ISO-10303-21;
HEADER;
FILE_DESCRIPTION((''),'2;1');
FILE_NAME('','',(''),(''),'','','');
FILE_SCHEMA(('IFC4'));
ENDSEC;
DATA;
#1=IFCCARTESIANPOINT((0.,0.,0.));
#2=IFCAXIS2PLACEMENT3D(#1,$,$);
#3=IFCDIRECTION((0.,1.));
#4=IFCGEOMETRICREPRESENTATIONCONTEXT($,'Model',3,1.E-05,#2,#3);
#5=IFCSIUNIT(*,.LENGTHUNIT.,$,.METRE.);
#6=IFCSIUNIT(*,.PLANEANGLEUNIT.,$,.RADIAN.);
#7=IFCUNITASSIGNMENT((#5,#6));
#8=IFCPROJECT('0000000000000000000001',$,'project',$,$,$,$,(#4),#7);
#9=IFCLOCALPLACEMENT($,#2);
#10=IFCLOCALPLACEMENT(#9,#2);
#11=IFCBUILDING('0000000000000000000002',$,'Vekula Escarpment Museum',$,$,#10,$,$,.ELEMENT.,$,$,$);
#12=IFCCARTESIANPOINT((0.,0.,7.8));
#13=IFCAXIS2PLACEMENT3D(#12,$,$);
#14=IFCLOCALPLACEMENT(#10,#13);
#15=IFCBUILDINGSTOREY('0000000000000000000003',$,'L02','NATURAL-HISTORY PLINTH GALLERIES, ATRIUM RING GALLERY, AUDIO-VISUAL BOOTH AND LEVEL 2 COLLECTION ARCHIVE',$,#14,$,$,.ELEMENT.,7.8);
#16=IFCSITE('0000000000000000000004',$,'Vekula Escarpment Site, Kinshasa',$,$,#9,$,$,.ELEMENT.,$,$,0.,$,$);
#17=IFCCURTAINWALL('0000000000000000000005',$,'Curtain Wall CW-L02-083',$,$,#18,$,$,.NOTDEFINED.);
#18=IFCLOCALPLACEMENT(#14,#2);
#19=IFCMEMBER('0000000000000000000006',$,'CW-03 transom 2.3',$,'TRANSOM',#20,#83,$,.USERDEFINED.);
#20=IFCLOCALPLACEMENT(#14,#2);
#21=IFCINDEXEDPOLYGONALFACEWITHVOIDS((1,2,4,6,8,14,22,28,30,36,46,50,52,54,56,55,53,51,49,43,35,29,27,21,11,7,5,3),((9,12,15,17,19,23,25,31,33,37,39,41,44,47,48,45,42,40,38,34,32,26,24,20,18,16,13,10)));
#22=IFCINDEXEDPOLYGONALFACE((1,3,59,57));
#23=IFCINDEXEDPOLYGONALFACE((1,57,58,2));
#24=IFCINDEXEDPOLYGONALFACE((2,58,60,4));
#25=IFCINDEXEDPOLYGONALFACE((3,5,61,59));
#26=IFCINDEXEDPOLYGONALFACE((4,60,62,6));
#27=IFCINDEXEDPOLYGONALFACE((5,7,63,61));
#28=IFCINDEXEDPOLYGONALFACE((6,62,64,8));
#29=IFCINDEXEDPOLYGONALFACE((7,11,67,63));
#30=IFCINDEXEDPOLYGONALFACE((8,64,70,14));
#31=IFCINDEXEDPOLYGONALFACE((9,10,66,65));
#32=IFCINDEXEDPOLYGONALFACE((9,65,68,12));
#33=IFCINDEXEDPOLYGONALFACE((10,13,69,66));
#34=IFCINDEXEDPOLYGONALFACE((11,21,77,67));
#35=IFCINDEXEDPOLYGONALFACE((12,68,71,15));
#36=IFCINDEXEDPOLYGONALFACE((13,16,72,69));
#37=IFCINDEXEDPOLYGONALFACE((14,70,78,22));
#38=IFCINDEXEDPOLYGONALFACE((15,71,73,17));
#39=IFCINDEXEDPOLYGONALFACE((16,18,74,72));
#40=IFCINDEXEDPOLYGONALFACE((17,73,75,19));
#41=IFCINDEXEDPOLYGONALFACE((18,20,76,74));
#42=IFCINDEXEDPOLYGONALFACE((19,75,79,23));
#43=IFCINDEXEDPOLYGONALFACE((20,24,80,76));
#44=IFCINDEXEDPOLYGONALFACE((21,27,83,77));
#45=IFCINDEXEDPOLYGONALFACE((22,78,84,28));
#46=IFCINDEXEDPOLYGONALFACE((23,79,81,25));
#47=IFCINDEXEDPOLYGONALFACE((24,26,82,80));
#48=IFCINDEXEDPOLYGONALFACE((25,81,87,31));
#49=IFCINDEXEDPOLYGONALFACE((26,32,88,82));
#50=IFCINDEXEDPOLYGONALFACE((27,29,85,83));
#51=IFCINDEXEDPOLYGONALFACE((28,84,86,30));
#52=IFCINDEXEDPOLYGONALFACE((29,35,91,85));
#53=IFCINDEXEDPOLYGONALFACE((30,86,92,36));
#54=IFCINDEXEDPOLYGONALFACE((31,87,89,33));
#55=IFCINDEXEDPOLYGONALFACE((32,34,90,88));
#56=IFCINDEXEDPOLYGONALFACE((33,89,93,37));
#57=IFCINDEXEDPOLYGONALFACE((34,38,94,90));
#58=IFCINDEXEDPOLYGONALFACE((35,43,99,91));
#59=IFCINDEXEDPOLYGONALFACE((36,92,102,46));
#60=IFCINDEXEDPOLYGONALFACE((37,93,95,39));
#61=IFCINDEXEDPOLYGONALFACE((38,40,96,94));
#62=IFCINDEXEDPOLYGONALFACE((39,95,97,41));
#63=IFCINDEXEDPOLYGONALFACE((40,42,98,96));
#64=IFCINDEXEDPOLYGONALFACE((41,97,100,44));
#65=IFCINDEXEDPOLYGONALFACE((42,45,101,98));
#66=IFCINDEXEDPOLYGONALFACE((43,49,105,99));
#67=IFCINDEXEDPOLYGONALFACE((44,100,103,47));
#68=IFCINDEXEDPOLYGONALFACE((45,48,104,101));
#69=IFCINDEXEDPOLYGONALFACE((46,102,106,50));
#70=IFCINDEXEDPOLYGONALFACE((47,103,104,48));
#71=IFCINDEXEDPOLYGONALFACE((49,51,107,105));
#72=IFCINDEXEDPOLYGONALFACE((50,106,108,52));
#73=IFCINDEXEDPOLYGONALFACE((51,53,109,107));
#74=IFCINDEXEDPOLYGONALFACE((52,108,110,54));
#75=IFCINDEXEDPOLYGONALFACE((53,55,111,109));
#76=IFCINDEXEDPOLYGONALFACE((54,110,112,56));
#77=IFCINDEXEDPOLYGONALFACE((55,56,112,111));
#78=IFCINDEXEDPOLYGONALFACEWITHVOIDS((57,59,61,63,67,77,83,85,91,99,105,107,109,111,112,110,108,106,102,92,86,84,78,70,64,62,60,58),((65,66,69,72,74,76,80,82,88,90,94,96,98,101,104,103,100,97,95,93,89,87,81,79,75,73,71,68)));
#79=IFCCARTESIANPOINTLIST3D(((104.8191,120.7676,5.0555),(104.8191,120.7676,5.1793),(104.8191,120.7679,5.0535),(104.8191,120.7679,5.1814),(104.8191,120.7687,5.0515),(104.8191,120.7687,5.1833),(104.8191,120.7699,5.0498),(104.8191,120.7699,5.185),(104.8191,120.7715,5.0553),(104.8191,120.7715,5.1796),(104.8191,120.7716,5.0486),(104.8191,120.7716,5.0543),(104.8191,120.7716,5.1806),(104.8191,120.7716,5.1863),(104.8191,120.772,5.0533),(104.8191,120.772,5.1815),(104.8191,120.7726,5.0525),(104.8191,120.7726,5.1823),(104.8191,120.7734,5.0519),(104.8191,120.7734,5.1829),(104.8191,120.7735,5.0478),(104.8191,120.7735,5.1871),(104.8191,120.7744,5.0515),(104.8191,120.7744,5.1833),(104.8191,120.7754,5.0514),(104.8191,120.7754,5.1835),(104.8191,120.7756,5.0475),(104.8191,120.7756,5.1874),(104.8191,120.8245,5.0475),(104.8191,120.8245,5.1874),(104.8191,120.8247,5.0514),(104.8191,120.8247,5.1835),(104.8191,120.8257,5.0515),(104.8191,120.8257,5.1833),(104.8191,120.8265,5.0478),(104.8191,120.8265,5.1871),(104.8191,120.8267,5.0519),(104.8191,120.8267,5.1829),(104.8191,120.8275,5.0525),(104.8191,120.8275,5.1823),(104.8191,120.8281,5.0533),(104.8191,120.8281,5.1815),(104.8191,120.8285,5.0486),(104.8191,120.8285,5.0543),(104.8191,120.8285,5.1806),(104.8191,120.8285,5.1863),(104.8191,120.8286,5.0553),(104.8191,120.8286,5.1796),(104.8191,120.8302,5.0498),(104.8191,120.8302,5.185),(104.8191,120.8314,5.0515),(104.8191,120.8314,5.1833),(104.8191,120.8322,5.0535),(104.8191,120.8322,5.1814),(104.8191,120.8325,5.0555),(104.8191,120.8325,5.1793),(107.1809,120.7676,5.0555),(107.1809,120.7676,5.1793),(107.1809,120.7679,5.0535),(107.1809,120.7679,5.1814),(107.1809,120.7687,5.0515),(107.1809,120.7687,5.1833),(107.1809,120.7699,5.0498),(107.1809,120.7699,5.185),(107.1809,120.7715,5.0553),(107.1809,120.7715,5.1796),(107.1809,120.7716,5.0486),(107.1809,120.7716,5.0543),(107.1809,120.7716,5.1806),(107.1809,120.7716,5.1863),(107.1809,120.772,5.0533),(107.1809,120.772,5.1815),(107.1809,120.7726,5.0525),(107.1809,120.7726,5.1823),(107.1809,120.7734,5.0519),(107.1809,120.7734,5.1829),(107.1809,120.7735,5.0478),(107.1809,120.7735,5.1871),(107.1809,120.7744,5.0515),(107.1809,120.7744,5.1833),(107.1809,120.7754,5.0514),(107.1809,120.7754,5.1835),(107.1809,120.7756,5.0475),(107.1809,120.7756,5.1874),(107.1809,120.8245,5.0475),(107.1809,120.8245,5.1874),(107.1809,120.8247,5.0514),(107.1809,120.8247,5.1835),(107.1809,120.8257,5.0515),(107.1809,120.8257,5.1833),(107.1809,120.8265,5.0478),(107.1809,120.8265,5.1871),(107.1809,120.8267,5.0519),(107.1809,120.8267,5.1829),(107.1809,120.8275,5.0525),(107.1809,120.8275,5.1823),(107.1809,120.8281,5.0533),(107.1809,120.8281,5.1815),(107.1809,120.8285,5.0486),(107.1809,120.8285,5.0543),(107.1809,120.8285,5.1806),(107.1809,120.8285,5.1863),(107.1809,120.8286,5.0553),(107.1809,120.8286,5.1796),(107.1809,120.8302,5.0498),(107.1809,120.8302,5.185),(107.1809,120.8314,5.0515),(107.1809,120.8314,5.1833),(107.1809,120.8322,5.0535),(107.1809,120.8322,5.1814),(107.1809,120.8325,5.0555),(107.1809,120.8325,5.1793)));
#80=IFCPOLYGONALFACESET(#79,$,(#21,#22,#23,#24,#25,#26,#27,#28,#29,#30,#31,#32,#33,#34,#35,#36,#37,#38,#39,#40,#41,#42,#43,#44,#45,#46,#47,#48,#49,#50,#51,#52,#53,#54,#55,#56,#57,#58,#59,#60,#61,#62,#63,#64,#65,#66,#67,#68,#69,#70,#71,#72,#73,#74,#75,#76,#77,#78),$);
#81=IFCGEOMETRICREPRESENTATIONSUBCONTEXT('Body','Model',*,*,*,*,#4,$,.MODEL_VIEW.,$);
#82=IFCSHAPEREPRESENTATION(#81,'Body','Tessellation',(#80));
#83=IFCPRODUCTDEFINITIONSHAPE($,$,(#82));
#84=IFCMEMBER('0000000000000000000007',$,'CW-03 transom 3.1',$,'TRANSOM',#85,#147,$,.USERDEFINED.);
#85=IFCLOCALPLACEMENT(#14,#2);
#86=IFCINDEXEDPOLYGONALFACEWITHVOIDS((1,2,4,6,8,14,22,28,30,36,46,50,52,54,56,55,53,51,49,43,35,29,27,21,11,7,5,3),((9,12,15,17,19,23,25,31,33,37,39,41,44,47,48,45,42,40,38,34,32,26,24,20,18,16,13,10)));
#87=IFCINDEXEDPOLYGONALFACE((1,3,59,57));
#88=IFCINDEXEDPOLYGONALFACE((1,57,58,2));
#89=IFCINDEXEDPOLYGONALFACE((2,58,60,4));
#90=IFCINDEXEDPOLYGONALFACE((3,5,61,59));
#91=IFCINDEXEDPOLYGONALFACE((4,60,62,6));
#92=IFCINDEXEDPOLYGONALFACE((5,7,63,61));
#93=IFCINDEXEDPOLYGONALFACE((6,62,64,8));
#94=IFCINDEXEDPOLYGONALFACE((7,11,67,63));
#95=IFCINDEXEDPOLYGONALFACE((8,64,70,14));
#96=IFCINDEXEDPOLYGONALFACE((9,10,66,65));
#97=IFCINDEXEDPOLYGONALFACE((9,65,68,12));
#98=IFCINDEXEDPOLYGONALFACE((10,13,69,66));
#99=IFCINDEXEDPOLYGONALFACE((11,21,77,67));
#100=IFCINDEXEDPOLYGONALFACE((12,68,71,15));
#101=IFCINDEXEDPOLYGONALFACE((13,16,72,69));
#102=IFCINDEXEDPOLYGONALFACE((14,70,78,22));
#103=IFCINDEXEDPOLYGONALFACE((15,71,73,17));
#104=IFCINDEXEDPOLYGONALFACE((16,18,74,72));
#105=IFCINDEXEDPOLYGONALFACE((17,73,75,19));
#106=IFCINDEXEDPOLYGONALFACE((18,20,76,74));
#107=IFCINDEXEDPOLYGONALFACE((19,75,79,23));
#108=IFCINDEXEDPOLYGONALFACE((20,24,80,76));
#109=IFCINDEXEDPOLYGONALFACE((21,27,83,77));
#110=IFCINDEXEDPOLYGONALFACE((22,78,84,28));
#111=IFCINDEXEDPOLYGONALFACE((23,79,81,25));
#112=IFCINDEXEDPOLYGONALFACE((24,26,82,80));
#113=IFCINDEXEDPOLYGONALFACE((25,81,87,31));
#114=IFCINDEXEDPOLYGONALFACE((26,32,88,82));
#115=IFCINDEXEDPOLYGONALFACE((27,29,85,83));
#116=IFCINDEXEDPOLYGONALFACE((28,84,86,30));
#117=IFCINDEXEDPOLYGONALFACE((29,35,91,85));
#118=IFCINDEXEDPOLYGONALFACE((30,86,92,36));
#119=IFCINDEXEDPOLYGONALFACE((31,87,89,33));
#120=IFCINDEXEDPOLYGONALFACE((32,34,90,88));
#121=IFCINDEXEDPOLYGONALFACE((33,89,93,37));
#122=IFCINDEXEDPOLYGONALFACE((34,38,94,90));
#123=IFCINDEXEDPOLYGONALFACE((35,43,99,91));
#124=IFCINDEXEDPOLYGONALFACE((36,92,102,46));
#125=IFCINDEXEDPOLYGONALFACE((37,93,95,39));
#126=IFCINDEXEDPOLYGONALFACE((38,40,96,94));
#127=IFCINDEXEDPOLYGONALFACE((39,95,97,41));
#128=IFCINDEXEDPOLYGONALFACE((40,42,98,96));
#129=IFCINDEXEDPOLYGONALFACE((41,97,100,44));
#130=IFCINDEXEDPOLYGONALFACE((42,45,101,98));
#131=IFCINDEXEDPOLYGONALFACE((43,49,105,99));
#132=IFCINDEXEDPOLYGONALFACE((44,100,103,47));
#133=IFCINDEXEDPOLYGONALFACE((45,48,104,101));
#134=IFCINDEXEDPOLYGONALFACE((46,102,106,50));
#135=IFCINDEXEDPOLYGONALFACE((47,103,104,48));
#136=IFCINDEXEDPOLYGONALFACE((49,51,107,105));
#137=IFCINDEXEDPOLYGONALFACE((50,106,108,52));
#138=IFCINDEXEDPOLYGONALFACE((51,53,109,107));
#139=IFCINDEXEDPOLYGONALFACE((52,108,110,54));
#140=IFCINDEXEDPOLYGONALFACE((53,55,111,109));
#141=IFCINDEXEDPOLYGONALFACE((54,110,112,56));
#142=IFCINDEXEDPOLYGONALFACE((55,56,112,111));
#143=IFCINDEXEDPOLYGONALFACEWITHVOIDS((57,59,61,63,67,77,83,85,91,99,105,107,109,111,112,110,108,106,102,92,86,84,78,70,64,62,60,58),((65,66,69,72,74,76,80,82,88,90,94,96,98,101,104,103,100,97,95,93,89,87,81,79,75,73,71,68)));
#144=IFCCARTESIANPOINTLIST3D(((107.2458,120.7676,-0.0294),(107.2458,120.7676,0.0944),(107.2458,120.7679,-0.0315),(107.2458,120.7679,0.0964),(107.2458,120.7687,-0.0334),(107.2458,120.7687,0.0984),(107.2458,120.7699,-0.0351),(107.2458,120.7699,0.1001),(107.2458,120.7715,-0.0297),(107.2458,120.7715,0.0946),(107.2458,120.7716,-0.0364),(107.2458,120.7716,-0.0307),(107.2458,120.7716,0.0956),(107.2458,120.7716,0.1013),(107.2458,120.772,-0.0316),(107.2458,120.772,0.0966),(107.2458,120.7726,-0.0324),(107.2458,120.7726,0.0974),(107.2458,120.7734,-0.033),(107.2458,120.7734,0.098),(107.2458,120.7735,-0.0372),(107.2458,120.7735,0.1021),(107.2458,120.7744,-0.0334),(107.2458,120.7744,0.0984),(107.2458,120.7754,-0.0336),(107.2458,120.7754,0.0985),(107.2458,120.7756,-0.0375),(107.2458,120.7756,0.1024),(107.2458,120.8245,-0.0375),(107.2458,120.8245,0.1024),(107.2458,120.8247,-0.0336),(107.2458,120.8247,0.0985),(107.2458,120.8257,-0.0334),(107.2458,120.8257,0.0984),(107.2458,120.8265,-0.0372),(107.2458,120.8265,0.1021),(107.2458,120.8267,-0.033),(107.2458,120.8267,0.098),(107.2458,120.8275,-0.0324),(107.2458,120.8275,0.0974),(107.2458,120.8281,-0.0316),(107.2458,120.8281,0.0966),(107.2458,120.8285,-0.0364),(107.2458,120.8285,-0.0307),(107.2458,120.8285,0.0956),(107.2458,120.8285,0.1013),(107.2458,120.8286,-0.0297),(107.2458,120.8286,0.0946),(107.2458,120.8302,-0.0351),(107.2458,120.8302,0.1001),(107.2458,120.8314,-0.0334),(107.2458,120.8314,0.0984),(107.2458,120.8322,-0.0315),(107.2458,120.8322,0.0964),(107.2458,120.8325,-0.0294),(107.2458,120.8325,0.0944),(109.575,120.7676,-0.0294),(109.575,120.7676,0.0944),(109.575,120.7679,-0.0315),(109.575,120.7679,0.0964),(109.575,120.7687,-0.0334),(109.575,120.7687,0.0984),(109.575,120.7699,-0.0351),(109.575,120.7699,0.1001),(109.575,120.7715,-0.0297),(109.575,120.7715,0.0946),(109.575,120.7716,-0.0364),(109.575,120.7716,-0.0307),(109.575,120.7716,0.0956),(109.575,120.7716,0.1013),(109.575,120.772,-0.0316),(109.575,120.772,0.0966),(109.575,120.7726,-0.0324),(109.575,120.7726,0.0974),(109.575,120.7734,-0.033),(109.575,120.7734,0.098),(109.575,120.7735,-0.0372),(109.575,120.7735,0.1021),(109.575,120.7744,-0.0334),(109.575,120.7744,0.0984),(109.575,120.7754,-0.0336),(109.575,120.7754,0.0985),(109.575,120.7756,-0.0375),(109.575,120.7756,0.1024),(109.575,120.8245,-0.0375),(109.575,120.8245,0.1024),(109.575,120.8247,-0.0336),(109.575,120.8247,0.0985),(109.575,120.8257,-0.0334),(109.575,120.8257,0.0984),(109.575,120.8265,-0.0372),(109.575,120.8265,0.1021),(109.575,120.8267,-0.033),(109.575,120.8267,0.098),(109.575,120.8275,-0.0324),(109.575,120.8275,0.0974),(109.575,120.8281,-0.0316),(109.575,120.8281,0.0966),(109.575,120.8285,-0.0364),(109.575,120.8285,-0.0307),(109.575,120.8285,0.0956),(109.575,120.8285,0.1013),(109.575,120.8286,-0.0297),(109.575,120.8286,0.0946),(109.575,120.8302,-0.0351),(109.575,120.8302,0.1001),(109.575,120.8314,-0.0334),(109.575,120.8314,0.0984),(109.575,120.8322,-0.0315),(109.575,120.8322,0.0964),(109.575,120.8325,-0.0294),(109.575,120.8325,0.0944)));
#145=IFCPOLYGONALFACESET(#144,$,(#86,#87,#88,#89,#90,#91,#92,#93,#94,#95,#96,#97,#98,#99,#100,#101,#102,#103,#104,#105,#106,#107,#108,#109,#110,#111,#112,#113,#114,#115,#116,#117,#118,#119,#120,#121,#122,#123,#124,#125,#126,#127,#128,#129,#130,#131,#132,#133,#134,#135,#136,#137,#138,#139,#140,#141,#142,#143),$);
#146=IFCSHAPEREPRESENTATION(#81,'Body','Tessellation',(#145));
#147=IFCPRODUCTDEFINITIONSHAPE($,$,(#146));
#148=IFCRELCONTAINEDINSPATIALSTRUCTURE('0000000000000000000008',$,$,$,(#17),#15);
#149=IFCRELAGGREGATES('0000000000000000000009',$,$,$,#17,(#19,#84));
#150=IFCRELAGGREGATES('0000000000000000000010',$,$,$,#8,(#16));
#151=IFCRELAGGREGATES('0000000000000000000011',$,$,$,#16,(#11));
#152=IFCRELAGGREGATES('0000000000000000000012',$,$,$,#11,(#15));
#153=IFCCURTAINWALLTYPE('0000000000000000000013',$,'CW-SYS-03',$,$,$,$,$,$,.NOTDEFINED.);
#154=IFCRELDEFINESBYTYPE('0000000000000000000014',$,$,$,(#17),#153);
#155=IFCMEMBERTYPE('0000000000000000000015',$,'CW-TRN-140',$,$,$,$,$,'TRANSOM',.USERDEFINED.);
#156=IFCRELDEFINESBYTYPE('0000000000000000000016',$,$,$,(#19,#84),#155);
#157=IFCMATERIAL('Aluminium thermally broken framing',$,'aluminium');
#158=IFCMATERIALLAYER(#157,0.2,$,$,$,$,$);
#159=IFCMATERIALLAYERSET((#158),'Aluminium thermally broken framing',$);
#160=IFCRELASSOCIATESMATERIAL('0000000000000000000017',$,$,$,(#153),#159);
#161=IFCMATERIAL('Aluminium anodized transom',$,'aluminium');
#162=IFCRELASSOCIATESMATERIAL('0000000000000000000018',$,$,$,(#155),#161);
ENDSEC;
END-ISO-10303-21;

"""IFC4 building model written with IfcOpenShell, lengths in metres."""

from ifc_helpers import new_model, si_unit, direction, frame, origin, origin_2d, place, context, subcontext, project, spatial, hollow_rectangle, extrude, material, layer, layer_set, material_profile, profile_set, type_object, element, aggregate, save


model = new_model("IFC4")

# Units and contexts
model_context = context("Model", 3, precision=1e-05, world=origin(), true_north=direction((0.0, 1.0)))
body_context = subcontext(model_context, "Body", "Model", "MODEL_VIEW")
ifc_project = project(units=[si_unit("LENGTHUNIT", "METRE"), si_unit("PLANEANGLEUNIT", "RADIAN")], contexts=[model_context])

# Site, building, storey
site_placement = place(None, origin())
site = spatial("IfcSite", under=ifc_project, at=site_placement, Name="Vekula Escarpment Site, Kinshasa", CompositionType="ELEMENT", RefElevation=0.0)
building_placement = place(site_placement, origin())
building = spatial("IfcBuilding", under=site, at=building_placement, Name="Vekula Escarpment Museum", CompositionType="ELEMENT")
storey_placement = place(building_placement, frame((0.0, 0.0, 7.8)))
storey = spatial("IfcBuildingStorey", under=building, at=storey_placement, Name="L02", Description="NATURAL-HISTORY PLINTH GALLERIES, ATRIUM RING GALLERY, AUDIO-VISUAL BOOTH AND LEVEL 2 COLLECTION ARCHIVE", CompositionType="ELEMENT", Elevation=7.8)

# Curtain wall, members
ifc_material_1 = material(Name="Aluminium thermally broken framing", Category="aluminium")
ifc_layer_1 = layer(ifc_material_1, 0.2)
ifc_layer_set_1 = layer_set([ifc_layer_1], Name="Aluminium thermally broken framing")
curtain_wall_type = type_object("IfcCurtainWallType", Name="CW-SYS-03", PredefinedType="NOTDEFINED", material=ifc_layer_set_1)
curtain_wall_placement = place(storey_placement, origin())
curtain_wall = element("IfcCurtainWall", 1, at=curtain_wall_placement, inside=storey, type_object=curtain_wall_type, Name="Curtain Wall CW-L02-083", PredefinedType="NOTDEFINED")
ifc_material_2 = material(Name="Aluminium anodized transom", Category="aluminium")
ifc_material_profile_1 = material_profile(ifc_material_2, hollow_rectangle(XDim=0.0649, YDim=0.1399, WallThickness=0.0039, InnerFilletRadius=0.0039, OuterFilletRadius=0.0081, at=origin_2d()), Name="ALU 140x65x4")
ifc_profile_set_1 = profile_set([ifc_material_profile_1], Name="Aluminium anodized transom")
member_type_1 = type_object("IfcMemberType", Name="CW-TRN-140", ElementType="TRANSOM", PredefinedType="USERDEFINED", material=ifc_profile_set_1)
member_1_placement = place(storey_placement, frame((104.8191, 120.8, 5.1174), z_axis=(1.0, 0.0, 0.0), x_axis=(0.0, 1.0, 0.0)))
member_1 = element("IfcMember", 2, at=member_1_placement, type_object=member_type_1, Name="CW-03 transom 2.3", ObjectType="TRANSOM", PredefinedType="USERDEFINED", context=body_context, shape_type="SweptSolid", body=[
    extrude(hollow_rectangle(XDim=0.0649, YDim=0.1399, WallThickness=0.0039, InnerFilletRadius=0.0039, OuterFilletRadius=0.0081, at=origin_2d()), origin(), (0.0, 0.0, 1.0), 2.3618),
])
member_2_placement = place(storey_placement, frame((107.2458, 120.8, 0.0325), z_axis=(1.0, 0.0, 0.0), x_axis=(0.0, 1.0, 0.0)))
member_2 = element("IfcMember", 3, at=member_2_placement, type_object=member_type_1, Name="CW-03 transom 3.1", ObjectType="TRANSOM", PredefinedType="USERDEFINED", context=body_context, shape_type="SweptSolid", body=[
    extrude(hollow_rectangle(XDim=0.0649, YDim=0.1399, WallThickness=0.0039, InnerFilletRadius=0.0039, OuterFilletRadius=0.0081, at=origin_2d()), origin(), (0.0, 0.0, 1.0), 2.3291),
])
aggregate(curtain_wall, [member_1, member_2])

save(model, "model.ifc")
